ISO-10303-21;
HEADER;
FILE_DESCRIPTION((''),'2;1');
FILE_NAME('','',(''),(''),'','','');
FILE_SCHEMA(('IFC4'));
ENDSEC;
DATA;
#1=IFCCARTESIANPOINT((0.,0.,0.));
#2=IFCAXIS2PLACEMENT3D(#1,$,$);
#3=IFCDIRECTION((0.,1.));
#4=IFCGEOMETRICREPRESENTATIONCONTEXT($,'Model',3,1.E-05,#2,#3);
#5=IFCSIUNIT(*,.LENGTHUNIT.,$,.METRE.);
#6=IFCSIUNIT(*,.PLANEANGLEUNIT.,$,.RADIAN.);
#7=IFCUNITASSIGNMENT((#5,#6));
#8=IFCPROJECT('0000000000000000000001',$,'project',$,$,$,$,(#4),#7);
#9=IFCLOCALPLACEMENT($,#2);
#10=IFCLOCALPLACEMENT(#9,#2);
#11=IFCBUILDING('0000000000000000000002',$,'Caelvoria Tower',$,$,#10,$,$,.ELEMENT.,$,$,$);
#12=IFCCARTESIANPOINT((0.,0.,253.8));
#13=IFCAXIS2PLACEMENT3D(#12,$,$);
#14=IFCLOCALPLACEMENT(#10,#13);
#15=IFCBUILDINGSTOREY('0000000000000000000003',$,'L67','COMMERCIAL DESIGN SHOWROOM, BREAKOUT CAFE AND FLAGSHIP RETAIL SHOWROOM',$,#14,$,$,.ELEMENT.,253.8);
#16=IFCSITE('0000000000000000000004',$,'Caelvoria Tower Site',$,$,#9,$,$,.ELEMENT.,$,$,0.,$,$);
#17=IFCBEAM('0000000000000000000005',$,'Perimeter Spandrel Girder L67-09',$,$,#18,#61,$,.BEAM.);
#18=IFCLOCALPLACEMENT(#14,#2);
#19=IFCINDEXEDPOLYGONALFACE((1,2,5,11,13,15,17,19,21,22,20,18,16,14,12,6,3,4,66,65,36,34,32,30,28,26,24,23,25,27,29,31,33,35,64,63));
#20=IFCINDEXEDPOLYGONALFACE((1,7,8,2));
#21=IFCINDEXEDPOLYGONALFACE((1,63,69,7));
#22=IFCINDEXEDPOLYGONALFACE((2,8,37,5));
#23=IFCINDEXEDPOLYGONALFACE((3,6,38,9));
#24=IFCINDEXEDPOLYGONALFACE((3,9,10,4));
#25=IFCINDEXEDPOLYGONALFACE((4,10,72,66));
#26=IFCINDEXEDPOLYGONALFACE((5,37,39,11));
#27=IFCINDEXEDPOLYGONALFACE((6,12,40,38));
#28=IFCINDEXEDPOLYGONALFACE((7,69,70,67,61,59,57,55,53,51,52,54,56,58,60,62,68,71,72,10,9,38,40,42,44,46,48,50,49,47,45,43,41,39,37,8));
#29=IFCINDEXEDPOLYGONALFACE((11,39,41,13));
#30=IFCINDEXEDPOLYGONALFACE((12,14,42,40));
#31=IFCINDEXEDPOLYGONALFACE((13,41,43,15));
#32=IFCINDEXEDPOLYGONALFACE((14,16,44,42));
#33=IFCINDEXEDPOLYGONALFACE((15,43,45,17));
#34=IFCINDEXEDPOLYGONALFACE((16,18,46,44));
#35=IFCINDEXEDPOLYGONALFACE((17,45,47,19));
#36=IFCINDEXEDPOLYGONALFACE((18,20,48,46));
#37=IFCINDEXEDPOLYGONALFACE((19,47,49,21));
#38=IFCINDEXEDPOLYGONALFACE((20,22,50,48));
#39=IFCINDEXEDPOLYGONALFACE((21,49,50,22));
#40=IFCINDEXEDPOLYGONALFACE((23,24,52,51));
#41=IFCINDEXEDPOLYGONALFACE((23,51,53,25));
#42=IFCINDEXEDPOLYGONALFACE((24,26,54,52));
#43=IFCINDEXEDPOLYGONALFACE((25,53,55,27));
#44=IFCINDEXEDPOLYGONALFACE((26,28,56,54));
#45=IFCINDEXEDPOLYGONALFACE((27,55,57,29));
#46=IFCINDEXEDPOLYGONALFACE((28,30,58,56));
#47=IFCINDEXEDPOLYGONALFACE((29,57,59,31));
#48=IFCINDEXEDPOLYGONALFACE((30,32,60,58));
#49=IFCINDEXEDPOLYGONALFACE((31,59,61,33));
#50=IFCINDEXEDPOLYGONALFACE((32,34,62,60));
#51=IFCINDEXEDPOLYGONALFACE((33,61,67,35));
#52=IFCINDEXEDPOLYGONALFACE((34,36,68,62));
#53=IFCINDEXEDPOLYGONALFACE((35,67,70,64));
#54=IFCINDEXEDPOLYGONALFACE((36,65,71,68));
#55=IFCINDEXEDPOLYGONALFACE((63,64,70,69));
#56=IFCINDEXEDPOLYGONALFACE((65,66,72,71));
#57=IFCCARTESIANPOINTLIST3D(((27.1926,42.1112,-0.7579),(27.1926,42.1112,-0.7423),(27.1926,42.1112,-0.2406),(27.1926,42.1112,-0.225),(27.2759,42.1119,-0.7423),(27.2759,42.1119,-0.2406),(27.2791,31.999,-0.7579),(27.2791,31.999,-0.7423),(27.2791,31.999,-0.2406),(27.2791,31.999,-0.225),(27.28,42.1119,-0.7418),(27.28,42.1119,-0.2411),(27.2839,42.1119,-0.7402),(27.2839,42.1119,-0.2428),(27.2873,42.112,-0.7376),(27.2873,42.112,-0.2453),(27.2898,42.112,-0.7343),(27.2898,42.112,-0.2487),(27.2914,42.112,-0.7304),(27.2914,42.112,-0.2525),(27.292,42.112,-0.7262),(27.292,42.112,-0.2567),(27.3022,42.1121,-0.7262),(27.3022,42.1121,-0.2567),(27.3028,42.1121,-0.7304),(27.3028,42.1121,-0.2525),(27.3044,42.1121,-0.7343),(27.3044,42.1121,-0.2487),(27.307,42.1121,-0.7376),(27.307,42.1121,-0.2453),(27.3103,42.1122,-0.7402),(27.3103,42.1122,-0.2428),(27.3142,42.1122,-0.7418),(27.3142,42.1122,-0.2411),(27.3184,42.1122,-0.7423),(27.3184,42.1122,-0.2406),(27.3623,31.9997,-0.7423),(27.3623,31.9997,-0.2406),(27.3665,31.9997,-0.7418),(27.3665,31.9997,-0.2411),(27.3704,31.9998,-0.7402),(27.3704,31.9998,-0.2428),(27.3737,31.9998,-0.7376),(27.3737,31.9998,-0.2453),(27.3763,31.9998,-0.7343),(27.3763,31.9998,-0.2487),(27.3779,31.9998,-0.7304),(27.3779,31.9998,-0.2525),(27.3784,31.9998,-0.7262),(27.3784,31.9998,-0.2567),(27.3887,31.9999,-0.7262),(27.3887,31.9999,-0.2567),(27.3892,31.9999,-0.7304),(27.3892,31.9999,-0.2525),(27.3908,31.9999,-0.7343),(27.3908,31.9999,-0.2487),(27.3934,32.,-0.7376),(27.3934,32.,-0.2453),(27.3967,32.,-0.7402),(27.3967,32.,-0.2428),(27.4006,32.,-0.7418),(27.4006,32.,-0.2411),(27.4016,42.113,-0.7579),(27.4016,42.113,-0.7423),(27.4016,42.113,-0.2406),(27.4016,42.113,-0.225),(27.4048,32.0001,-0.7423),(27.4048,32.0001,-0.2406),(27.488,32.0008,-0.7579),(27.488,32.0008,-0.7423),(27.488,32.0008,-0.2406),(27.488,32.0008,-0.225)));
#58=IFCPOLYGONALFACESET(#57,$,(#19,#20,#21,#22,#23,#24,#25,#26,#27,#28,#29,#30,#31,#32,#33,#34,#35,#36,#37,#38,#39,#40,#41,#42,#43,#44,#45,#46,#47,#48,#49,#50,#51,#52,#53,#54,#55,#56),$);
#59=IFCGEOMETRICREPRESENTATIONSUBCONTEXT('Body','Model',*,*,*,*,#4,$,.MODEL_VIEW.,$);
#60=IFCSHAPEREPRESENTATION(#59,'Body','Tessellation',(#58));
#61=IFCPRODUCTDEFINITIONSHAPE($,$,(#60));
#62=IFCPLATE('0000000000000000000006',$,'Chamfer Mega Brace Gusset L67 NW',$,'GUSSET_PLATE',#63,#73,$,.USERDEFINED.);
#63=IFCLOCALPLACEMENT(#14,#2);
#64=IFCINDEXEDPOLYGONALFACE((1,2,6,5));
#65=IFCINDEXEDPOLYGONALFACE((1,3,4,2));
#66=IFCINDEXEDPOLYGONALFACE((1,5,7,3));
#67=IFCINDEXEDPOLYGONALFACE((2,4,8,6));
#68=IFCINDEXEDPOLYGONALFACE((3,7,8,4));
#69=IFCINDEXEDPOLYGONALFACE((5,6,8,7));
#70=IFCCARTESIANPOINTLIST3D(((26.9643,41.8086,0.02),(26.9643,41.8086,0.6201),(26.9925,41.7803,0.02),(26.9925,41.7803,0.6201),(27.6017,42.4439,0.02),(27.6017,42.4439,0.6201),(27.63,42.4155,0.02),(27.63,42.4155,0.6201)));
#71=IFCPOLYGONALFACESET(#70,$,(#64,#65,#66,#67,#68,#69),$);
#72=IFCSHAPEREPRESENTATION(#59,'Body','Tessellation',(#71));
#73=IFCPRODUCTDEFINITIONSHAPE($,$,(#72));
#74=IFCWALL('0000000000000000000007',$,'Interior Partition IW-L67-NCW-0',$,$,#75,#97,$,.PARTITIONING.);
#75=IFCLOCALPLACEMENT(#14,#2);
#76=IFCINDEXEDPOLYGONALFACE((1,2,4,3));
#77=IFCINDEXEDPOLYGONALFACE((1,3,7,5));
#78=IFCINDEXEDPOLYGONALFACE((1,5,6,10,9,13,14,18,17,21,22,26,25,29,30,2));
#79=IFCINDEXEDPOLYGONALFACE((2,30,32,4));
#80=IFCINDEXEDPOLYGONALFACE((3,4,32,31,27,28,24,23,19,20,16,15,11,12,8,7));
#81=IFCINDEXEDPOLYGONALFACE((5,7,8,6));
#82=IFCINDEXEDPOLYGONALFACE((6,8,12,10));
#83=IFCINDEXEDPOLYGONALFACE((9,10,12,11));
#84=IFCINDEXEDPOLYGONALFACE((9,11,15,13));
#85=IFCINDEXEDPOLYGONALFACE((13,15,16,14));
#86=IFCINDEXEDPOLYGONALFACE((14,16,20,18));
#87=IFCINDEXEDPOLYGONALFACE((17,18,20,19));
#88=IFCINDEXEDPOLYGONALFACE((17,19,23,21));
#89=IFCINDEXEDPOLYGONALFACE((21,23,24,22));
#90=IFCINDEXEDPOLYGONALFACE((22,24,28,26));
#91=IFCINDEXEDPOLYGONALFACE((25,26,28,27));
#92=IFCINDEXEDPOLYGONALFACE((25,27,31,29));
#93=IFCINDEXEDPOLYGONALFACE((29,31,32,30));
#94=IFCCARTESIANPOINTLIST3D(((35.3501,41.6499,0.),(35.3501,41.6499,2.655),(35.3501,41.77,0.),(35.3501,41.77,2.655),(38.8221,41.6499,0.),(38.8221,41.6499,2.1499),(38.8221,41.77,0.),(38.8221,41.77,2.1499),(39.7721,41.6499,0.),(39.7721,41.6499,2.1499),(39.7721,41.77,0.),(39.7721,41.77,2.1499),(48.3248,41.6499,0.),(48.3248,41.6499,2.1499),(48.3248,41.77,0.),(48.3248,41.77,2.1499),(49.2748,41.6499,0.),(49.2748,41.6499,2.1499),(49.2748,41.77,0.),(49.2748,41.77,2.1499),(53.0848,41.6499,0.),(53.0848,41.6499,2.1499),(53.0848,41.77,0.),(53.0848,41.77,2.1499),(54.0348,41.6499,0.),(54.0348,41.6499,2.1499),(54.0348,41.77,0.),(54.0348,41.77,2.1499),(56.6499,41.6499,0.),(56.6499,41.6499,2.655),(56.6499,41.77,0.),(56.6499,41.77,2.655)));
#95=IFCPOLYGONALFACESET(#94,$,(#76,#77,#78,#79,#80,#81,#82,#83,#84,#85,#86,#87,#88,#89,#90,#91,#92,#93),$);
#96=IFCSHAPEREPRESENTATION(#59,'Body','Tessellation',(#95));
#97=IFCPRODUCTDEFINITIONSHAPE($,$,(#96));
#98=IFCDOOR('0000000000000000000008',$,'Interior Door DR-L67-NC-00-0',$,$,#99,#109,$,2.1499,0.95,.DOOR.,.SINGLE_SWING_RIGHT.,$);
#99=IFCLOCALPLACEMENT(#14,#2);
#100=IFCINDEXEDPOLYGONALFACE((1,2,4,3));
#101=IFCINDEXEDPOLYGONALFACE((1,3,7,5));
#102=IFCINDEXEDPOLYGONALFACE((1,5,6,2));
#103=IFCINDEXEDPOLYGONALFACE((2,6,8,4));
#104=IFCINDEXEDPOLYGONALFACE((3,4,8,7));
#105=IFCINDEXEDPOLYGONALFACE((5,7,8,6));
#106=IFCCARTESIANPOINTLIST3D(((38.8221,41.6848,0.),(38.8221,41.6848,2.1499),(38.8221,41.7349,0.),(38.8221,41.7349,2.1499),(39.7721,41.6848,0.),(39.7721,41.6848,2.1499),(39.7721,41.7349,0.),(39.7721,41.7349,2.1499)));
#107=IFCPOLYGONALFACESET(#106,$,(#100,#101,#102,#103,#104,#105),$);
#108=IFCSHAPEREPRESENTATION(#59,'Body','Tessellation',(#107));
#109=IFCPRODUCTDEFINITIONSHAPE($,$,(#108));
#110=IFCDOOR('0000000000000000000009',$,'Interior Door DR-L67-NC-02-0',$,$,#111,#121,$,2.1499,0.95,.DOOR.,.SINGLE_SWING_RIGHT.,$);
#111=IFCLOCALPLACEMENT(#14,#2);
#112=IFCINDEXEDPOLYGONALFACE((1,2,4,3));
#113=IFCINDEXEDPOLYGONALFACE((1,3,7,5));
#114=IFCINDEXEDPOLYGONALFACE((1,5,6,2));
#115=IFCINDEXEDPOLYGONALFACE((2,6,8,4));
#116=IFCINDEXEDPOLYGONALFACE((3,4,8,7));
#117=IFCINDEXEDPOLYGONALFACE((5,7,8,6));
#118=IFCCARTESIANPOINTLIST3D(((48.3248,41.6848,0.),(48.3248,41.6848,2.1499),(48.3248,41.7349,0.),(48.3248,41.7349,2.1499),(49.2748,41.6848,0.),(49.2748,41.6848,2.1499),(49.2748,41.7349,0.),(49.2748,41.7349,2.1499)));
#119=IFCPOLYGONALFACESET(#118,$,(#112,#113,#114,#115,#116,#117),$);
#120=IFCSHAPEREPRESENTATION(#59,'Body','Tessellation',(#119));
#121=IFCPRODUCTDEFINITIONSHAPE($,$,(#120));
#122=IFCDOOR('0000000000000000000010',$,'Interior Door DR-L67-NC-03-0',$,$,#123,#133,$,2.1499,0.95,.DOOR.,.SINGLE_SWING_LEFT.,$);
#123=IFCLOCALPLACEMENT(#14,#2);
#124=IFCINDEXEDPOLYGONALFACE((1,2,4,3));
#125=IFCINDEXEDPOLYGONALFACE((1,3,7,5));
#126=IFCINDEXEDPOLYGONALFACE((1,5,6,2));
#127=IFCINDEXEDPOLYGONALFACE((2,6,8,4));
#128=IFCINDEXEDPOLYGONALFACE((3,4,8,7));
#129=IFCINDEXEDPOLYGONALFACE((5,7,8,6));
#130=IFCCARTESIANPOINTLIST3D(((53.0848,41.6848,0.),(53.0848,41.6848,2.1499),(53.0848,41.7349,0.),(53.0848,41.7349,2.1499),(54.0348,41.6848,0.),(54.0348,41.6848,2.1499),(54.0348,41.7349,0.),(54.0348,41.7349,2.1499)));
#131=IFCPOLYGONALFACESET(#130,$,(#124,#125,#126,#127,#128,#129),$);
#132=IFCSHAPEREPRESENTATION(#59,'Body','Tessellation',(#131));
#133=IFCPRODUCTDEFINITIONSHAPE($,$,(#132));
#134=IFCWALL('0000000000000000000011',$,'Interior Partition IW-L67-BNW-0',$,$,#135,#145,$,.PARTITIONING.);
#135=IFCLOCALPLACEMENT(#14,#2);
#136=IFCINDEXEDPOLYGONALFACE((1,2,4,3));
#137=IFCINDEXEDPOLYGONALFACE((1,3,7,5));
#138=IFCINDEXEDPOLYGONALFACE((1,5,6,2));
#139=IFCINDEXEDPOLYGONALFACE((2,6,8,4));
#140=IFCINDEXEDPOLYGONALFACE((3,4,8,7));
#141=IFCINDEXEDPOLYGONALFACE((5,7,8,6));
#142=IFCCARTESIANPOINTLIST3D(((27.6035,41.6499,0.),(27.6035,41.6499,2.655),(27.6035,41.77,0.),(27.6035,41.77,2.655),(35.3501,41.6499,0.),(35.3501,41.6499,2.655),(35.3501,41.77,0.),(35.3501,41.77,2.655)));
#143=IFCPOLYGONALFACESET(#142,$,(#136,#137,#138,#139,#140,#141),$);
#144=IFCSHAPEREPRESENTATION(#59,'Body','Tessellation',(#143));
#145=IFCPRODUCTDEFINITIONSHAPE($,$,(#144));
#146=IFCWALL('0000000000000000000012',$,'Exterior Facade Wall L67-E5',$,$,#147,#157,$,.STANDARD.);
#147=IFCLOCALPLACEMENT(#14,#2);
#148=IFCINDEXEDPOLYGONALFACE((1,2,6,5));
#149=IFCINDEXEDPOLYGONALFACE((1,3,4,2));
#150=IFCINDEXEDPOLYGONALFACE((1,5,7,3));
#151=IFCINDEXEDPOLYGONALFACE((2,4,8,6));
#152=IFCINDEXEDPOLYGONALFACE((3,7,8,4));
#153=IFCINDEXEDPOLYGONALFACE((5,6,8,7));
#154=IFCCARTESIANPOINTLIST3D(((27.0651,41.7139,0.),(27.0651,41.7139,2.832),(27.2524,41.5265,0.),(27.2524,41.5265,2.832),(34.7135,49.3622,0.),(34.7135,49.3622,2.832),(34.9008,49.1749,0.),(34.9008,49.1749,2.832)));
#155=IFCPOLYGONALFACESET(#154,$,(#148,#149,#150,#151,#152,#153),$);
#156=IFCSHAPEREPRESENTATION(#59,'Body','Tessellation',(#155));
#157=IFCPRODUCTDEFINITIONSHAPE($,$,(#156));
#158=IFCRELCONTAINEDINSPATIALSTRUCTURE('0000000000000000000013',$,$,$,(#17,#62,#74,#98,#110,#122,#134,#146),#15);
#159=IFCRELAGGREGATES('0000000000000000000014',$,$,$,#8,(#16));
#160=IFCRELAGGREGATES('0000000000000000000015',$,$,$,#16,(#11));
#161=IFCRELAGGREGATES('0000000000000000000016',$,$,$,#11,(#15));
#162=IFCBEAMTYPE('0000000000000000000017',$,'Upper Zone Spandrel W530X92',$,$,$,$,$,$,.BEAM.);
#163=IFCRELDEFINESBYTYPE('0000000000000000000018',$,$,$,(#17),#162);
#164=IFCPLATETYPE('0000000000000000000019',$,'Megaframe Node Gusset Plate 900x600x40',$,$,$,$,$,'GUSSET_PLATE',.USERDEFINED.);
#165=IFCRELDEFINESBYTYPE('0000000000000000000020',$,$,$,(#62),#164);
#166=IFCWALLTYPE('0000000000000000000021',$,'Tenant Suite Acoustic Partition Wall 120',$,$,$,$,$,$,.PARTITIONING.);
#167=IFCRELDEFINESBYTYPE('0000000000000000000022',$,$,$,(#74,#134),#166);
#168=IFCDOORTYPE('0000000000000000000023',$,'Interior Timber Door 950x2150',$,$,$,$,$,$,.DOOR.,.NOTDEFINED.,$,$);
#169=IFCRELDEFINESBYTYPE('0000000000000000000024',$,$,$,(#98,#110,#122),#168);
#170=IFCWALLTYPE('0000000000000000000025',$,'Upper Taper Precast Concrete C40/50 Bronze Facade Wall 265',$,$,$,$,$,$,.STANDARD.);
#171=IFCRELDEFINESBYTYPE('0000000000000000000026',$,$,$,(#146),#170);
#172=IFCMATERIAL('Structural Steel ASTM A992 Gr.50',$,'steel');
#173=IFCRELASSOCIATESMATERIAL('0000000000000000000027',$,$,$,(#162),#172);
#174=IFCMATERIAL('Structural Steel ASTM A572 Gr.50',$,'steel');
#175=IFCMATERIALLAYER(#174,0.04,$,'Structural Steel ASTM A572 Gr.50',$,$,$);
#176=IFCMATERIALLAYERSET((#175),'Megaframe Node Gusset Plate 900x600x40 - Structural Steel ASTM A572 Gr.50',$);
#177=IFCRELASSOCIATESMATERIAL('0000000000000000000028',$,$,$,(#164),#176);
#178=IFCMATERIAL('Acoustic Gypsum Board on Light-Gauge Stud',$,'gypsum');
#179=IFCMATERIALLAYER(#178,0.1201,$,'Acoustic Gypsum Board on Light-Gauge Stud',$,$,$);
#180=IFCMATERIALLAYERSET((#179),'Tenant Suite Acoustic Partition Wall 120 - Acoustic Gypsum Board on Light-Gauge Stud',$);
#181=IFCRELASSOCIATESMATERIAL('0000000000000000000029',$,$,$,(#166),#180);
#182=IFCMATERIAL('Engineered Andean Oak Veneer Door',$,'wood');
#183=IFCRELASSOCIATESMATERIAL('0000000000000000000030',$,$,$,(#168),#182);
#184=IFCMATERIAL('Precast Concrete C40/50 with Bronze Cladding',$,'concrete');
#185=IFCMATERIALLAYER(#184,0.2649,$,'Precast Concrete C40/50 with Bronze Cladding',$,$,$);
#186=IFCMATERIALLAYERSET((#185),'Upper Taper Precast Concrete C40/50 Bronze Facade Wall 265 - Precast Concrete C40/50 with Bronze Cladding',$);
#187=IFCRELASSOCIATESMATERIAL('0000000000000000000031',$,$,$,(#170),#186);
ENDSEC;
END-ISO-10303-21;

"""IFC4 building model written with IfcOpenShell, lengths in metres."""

from ifc_helpers import new_model, si_unit, direction, frame, frame_2d, origin, origin_2d, place, context, subcontext, project, spatial, rectangle, i_section, extrude, material, layer, layer_set, material_profile, profile_set, type_object, element, fill, save


model = new_model("IFC4")

# Units and contexts
model_context = context("Model", 3, precision=1e-05, world=origin(), true_north=direction((0.0, 1.0)))
body_context = subcontext(model_context, "Body", "Model", "MODEL_VIEW")
ifc_project = project(units=[si_unit("LENGTHUNIT", "METRE"), si_unit("PLANEANGLEUNIT", "RADIAN")], contexts=[model_context])

# Site, building, storey
site_placement = place(None, origin())
site = spatial("IfcSite", under=ifc_project, at=site_placement, Name="Caelvoria Tower Site", CompositionType="ELEMENT", RefElevation=0.0)
building_placement = place(site_placement, origin())
building = spatial("IfcBuilding", under=site, at=building_placement, Name="Caelvoria Tower", CompositionType="ELEMENT")
storey_placement = place(building_placement, frame((0.0, 0.0, 253.8)))
storey = spatial("IfcBuildingStorey", under=building, at=storey_placement, Name="L67", Description="COMMERCIAL DESIGN SHOWROOM, BREAKOUT CAFE AND FLAGSHIP RETAIL SHOWROOM", CompositionType="ELEMENT", Elevation=253.8)

# Shared definitions
ifc_material_1 = material(Name="Structural Steel ASTM A572 Gr.50", Category="steel")

# Shared definitions
ifc_material_2 = material(Name="Structural Steel ASTM A992 Gr.50", Category="steel")

# Beam
ifc_material_profile_1 = material_profile(ifc_material_2, i_section(OverallWidth=0.209, OverallDepth=0.533, WebThickness=0.0103, FlangeThickness=0.0156, FilletRadius=0.0161, at=origin_2d()), Name="Structural Steel ASTM A992 Gr.50")
ifc_profile_set_1 = profile_set([ifc_material_profile_1], Name="W530X92 - Structural Steel ASTM A992 Gr.50")
beam_type_1 = type_object("IfcBeamType", Name="Upper Zone Spandrel W530X92", PredefinedType="BEAM", material=ifc_profile_set_1)
beam_1_placement = place(storey_placement, frame((27.2971, 42.1121, -0.4915), z_axis=(0.008546, -0.999963, 0.0), x_axis=(0.999963, 0.008546, 0.0)))
element("IfcBeam", 1, at=beam_1_placement, inside=storey, type_object=beam_type_1, Name="Perimeter Spandrel Girder L67-09", PredefinedType="BEAM", context=body_context, shape_type="SweptSolid", body=[
    extrude(i_section(OverallWidth=0.209, OverallDepth=0.533, WebThickness=0.0103, FlangeThickness=0.0156, FilletRadius=0.0161, at=origin_2d()), origin(), (0.0, 0.0, 1.0), 10.1125),
])

# Plate
ifc_layer_1 = layer(ifc_material_1, 0.04, Name="Structural Steel ASTM A572 Gr.50")
ifc_layer_set_1 = layer_set([ifc_layer_1], Name="Megaframe Node Gusset Plate 900x600x40 - Structural Steel ASTM A572 Gr.50")
plate_type = type_object("IfcPlateType", Name="Megaframe Node Gusset Plate 900x600x40", ElementType="GUSSET_PLATE", PredefinedType="USERDEFINED", material=ifc_layer_set_1)
plate_placement = place(storey_placement, frame((27.2971, 42.1121, 0.02), z_axis=(0.0, 0.0, 1.0), x_axis=(0.708312, 0.7059, 0.0)))
element("IfcPlate", 2, at=plate_placement, inside=storey, type_object=plate_type, Name="Chamfer Mega Brace Gusset L67 NW", ObjectType="GUSSET_PLATE", PredefinedType="USERDEFINED", context=body_context, shape_type="SweptSolid", body=[
    extrude(rectangle(XDim=0.8999, YDim=0.04, at=origin_2d()), origin(), (0.0, 0.0, 1.0), 0.6001),
])

# Wall, openings, doors
ifc_material_3 = material(Name="Acoustic Gypsum Board on Light-Gauge Stud", Category="gypsum")
ifc_layer_2 = layer(ifc_material_3, 0.1201, Name="Acoustic Gypsum Board on Light-Gauge Stud")
ifc_layer_set_2 = layer_set([ifc_layer_2], Name="Tenant Suite Acoustic Partition Wall 120 - Acoustic Gypsum Board on Light-Gauge Stud")
wall_type_1 = type_object("IfcWallType", Name="Tenant Suite Acoustic Partition Wall 120", PredefinedType="PARTITIONING", material=ifc_layer_set_2)
wall_1_placement = place(storey_placement, frame((35.3501, 41.71, 0.0), z_axis=(0.0, 0.0, 1.0), x_axis=(1.0, 0.0, 0.0)))
wall_1 = element("IfcWall", 3, at=wall_1_placement, inside=storey, type_object=wall_type_1, Name="Interior Partition IW-L67-NCW-0", PredefinedType="PARTITIONING", context=body_context, shape_type="SweptSolid", body=[
    extrude(rectangle(XDim=21.2998, YDim=0.1201, at=frame_2d((10.6499, 0.0))), origin(), (0.0, 0.0, 1.0), 2.655),
])
opening_1_placement = place(wall_1_placement, frame((3.4719, 0.0, 0.0)))
opening_1 = element("IfcOpeningElement", 4, at=opening_1_placement, cuts=wall_1, PredefinedType="OPENING", context=body_context, shape_type="SweptSolid", body=[
    extrude(rectangle(XDim=0.95, YDim=2.1499, at=frame_2d((0.4751, 1.075))), frame((0.0, 0.0701, 0.0), z_axis=(0.0, -1.0, 0.0), x_axis=(1.0, 0.0, 0.0)), (0.0, 0.0, 1.0), 0.1401),
])
opening_2_placement = place(wall_1_placement, frame((12.9746, 0.0, 0.0)))
opening_2 = element("IfcOpeningElement", 5, at=opening_2_placement, cuts=wall_1, PredefinedType="OPENING", context=body_context, shape_type="SweptSolid", body=[
    extrude(rectangle(XDim=0.95, YDim=2.1499, at=frame_2d((0.4751, 1.075))), frame((0.0, 0.0701, 0.0), z_axis=(0.0, -1.0, 0.0), x_axis=(1.0, 0.0, 0.0)), (0.0, 0.0, 1.0), 0.1401),
])
opening_3_placement = place(wall_1_placement, frame((17.7346, 0.0, 0.0)))
opening_3 = element("IfcOpeningElement", 6, at=opening_3_placement, cuts=wall_1, PredefinedType="OPENING", context=body_context, shape_type="SweptSolid", body=[
    extrude(rectangle(XDim=0.95, YDim=2.1499, at=frame_2d((0.4751, 1.075))), frame((0.0, 0.0701, 0.0), z_axis=(0.0, -1.0, 0.0), x_axis=(1.0, 0.0, 0.0)), (0.0, 0.0, 1.0), 0.1401),
])
ifc_material_4 = material(Name="Engineered Andean Oak Veneer Door", Category="wood")
door_type = type_object("IfcDoorType", Name="Interior Timber Door 950x2150", OperationType="NOTDEFINED", PredefinedType="DOOR", material=ifc_material_4)
door_1_placement = place(opening_1_placement, origin())
door_1 = element("IfcDoor", 7, at=door_1_placement, inside=storey, type_object=door_type, Name="Interior Door DR-L67-NC-00-0", OperationType="SINGLE_SWING_RIGHT", OverallHeight=2.1499, OverallWidth=0.95, PredefinedType="DOOR", context=body_context, shape_type="SweptSolid", body=[
    extrude(rectangle(XDim=0.95, YDim=2.1499, at=frame_2d((0.4751, 1.075))), frame((0.0, 0.0249, 0.0), z_axis=(0.0, -1.0, 0.0), x_axis=(1.0, 0.0, 0.0)), (0.0, 0.0, 1.0), 0.05),
])
fill(opening_1, door_1)
door_2_placement = place(opening_2_placement, origin())
door_2 = element("IfcDoor", 8, at=door_2_placement, inside=storey, type_object=door_type, Name="Interior Door DR-L67-NC-02-0", OperationType="SINGLE_SWING_RIGHT", OverallHeight=2.1499, OverallWidth=0.95, PredefinedType="DOOR", context=body_context, shape_type="SweptSolid", body=[
    extrude(rectangle(XDim=0.95, YDim=2.1499, at=frame_2d((0.4751, 1.075))), frame((0.0, 0.0249, 0.0), z_axis=(0.0, -1.0, 0.0), x_axis=(1.0, 0.0, 0.0)), (0.0, 0.0, 1.0), 0.05),
])
fill(opening_2, door_2)
door_3_placement = place(opening_3_placement, origin())
door_3 = element("IfcDoor", 9, at=door_3_placement, inside=storey, type_object=door_type, Name="Interior Door DR-L67-NC-03-0", OperationType="SINGLE_SWING_LEFT", OverallHeight=2.1499, OverallWidth=0.95, PredefinedType="DOOR", context=body_context, shape_type="SweptSolid", body=[
    extrude(rectangle(XDim=0.95, YDim=2.1499, at=frame_2d((0.4751, 1.075))), frame((0.0, 0.0249, 0.0), z_axis=(0.0, -1.0, 0.0), x_axis=(1.0, 0.0, 0.0)), (0.0, 0.0, 1.0), 0.05),
])
fill(opening_3, door_3)

# Walls
wall_2_placement = place(storey_placement, frame((35.3501, 41.71, 0.0), z_axis=(0.0, 0.0, 1.0), x_axis=(-1.0, 0.0, 0.0)))
element("IfcWall", 10, at=wall_2_placement, inside=storey, type_object=wall_type_1, Name="Interior Partition IW-L67-BNW-0", PredefinedType="PARTITIONING", context=body_context, shape_type="SweptSolid", body=[
    extrude(rectangle(XDim=7.7466, YDim=0.1201, at=frame_2d((3.8733, 0.0))), origin(), (0.0, 0.0, 1.0), 2.655),
])
ifc_material_5 = material(Name="Precast Concrete C40/50 with Bronze Cladding", Category="concrete")
ifc_layer_3 = layer(ifc_material_5, 0.2649, Name="Precast Concrete C40/50 with Bronze Cladding")
ifc_layer_set_3 = layer_set([ifc_layer_3], Name="Upper Taper Precast Concrete C40/50 Bronze Facade Wall 265 - Precast Concrete C40/50 with Bronze Cladding")
wall_type_2 = type_object("IfcWallType", Name="Upper Taper Precast Concrete C40/50 Bronze Facade Wall 265", PredefinedType="STANDARD", material=ifc_layer_set_3)
wall_3_placement = place(storey_placement, frame((34.8071, 49.2686, 0.0), z_axis=(0.0, 0.0, 1.0), x_axis=(-0.707107, -0.707107, 0.0)))
element("IfcWall", 11, at=wall_3_placement, inside=storey, type_object=wall_type_2, Name="Exterior Facade Wall L67-E5", PredefinedType="STANDARD", context=body_context, shape_type="SweptSolid", body=[
    extrude(rectangle(XDim=10.8164, YDim=0.2649, at=frame_2d((5.4082, 0.0))), origin(), (0.0, 0.0, 1.0), 2.832),
])

save(model, "model.ifc")
